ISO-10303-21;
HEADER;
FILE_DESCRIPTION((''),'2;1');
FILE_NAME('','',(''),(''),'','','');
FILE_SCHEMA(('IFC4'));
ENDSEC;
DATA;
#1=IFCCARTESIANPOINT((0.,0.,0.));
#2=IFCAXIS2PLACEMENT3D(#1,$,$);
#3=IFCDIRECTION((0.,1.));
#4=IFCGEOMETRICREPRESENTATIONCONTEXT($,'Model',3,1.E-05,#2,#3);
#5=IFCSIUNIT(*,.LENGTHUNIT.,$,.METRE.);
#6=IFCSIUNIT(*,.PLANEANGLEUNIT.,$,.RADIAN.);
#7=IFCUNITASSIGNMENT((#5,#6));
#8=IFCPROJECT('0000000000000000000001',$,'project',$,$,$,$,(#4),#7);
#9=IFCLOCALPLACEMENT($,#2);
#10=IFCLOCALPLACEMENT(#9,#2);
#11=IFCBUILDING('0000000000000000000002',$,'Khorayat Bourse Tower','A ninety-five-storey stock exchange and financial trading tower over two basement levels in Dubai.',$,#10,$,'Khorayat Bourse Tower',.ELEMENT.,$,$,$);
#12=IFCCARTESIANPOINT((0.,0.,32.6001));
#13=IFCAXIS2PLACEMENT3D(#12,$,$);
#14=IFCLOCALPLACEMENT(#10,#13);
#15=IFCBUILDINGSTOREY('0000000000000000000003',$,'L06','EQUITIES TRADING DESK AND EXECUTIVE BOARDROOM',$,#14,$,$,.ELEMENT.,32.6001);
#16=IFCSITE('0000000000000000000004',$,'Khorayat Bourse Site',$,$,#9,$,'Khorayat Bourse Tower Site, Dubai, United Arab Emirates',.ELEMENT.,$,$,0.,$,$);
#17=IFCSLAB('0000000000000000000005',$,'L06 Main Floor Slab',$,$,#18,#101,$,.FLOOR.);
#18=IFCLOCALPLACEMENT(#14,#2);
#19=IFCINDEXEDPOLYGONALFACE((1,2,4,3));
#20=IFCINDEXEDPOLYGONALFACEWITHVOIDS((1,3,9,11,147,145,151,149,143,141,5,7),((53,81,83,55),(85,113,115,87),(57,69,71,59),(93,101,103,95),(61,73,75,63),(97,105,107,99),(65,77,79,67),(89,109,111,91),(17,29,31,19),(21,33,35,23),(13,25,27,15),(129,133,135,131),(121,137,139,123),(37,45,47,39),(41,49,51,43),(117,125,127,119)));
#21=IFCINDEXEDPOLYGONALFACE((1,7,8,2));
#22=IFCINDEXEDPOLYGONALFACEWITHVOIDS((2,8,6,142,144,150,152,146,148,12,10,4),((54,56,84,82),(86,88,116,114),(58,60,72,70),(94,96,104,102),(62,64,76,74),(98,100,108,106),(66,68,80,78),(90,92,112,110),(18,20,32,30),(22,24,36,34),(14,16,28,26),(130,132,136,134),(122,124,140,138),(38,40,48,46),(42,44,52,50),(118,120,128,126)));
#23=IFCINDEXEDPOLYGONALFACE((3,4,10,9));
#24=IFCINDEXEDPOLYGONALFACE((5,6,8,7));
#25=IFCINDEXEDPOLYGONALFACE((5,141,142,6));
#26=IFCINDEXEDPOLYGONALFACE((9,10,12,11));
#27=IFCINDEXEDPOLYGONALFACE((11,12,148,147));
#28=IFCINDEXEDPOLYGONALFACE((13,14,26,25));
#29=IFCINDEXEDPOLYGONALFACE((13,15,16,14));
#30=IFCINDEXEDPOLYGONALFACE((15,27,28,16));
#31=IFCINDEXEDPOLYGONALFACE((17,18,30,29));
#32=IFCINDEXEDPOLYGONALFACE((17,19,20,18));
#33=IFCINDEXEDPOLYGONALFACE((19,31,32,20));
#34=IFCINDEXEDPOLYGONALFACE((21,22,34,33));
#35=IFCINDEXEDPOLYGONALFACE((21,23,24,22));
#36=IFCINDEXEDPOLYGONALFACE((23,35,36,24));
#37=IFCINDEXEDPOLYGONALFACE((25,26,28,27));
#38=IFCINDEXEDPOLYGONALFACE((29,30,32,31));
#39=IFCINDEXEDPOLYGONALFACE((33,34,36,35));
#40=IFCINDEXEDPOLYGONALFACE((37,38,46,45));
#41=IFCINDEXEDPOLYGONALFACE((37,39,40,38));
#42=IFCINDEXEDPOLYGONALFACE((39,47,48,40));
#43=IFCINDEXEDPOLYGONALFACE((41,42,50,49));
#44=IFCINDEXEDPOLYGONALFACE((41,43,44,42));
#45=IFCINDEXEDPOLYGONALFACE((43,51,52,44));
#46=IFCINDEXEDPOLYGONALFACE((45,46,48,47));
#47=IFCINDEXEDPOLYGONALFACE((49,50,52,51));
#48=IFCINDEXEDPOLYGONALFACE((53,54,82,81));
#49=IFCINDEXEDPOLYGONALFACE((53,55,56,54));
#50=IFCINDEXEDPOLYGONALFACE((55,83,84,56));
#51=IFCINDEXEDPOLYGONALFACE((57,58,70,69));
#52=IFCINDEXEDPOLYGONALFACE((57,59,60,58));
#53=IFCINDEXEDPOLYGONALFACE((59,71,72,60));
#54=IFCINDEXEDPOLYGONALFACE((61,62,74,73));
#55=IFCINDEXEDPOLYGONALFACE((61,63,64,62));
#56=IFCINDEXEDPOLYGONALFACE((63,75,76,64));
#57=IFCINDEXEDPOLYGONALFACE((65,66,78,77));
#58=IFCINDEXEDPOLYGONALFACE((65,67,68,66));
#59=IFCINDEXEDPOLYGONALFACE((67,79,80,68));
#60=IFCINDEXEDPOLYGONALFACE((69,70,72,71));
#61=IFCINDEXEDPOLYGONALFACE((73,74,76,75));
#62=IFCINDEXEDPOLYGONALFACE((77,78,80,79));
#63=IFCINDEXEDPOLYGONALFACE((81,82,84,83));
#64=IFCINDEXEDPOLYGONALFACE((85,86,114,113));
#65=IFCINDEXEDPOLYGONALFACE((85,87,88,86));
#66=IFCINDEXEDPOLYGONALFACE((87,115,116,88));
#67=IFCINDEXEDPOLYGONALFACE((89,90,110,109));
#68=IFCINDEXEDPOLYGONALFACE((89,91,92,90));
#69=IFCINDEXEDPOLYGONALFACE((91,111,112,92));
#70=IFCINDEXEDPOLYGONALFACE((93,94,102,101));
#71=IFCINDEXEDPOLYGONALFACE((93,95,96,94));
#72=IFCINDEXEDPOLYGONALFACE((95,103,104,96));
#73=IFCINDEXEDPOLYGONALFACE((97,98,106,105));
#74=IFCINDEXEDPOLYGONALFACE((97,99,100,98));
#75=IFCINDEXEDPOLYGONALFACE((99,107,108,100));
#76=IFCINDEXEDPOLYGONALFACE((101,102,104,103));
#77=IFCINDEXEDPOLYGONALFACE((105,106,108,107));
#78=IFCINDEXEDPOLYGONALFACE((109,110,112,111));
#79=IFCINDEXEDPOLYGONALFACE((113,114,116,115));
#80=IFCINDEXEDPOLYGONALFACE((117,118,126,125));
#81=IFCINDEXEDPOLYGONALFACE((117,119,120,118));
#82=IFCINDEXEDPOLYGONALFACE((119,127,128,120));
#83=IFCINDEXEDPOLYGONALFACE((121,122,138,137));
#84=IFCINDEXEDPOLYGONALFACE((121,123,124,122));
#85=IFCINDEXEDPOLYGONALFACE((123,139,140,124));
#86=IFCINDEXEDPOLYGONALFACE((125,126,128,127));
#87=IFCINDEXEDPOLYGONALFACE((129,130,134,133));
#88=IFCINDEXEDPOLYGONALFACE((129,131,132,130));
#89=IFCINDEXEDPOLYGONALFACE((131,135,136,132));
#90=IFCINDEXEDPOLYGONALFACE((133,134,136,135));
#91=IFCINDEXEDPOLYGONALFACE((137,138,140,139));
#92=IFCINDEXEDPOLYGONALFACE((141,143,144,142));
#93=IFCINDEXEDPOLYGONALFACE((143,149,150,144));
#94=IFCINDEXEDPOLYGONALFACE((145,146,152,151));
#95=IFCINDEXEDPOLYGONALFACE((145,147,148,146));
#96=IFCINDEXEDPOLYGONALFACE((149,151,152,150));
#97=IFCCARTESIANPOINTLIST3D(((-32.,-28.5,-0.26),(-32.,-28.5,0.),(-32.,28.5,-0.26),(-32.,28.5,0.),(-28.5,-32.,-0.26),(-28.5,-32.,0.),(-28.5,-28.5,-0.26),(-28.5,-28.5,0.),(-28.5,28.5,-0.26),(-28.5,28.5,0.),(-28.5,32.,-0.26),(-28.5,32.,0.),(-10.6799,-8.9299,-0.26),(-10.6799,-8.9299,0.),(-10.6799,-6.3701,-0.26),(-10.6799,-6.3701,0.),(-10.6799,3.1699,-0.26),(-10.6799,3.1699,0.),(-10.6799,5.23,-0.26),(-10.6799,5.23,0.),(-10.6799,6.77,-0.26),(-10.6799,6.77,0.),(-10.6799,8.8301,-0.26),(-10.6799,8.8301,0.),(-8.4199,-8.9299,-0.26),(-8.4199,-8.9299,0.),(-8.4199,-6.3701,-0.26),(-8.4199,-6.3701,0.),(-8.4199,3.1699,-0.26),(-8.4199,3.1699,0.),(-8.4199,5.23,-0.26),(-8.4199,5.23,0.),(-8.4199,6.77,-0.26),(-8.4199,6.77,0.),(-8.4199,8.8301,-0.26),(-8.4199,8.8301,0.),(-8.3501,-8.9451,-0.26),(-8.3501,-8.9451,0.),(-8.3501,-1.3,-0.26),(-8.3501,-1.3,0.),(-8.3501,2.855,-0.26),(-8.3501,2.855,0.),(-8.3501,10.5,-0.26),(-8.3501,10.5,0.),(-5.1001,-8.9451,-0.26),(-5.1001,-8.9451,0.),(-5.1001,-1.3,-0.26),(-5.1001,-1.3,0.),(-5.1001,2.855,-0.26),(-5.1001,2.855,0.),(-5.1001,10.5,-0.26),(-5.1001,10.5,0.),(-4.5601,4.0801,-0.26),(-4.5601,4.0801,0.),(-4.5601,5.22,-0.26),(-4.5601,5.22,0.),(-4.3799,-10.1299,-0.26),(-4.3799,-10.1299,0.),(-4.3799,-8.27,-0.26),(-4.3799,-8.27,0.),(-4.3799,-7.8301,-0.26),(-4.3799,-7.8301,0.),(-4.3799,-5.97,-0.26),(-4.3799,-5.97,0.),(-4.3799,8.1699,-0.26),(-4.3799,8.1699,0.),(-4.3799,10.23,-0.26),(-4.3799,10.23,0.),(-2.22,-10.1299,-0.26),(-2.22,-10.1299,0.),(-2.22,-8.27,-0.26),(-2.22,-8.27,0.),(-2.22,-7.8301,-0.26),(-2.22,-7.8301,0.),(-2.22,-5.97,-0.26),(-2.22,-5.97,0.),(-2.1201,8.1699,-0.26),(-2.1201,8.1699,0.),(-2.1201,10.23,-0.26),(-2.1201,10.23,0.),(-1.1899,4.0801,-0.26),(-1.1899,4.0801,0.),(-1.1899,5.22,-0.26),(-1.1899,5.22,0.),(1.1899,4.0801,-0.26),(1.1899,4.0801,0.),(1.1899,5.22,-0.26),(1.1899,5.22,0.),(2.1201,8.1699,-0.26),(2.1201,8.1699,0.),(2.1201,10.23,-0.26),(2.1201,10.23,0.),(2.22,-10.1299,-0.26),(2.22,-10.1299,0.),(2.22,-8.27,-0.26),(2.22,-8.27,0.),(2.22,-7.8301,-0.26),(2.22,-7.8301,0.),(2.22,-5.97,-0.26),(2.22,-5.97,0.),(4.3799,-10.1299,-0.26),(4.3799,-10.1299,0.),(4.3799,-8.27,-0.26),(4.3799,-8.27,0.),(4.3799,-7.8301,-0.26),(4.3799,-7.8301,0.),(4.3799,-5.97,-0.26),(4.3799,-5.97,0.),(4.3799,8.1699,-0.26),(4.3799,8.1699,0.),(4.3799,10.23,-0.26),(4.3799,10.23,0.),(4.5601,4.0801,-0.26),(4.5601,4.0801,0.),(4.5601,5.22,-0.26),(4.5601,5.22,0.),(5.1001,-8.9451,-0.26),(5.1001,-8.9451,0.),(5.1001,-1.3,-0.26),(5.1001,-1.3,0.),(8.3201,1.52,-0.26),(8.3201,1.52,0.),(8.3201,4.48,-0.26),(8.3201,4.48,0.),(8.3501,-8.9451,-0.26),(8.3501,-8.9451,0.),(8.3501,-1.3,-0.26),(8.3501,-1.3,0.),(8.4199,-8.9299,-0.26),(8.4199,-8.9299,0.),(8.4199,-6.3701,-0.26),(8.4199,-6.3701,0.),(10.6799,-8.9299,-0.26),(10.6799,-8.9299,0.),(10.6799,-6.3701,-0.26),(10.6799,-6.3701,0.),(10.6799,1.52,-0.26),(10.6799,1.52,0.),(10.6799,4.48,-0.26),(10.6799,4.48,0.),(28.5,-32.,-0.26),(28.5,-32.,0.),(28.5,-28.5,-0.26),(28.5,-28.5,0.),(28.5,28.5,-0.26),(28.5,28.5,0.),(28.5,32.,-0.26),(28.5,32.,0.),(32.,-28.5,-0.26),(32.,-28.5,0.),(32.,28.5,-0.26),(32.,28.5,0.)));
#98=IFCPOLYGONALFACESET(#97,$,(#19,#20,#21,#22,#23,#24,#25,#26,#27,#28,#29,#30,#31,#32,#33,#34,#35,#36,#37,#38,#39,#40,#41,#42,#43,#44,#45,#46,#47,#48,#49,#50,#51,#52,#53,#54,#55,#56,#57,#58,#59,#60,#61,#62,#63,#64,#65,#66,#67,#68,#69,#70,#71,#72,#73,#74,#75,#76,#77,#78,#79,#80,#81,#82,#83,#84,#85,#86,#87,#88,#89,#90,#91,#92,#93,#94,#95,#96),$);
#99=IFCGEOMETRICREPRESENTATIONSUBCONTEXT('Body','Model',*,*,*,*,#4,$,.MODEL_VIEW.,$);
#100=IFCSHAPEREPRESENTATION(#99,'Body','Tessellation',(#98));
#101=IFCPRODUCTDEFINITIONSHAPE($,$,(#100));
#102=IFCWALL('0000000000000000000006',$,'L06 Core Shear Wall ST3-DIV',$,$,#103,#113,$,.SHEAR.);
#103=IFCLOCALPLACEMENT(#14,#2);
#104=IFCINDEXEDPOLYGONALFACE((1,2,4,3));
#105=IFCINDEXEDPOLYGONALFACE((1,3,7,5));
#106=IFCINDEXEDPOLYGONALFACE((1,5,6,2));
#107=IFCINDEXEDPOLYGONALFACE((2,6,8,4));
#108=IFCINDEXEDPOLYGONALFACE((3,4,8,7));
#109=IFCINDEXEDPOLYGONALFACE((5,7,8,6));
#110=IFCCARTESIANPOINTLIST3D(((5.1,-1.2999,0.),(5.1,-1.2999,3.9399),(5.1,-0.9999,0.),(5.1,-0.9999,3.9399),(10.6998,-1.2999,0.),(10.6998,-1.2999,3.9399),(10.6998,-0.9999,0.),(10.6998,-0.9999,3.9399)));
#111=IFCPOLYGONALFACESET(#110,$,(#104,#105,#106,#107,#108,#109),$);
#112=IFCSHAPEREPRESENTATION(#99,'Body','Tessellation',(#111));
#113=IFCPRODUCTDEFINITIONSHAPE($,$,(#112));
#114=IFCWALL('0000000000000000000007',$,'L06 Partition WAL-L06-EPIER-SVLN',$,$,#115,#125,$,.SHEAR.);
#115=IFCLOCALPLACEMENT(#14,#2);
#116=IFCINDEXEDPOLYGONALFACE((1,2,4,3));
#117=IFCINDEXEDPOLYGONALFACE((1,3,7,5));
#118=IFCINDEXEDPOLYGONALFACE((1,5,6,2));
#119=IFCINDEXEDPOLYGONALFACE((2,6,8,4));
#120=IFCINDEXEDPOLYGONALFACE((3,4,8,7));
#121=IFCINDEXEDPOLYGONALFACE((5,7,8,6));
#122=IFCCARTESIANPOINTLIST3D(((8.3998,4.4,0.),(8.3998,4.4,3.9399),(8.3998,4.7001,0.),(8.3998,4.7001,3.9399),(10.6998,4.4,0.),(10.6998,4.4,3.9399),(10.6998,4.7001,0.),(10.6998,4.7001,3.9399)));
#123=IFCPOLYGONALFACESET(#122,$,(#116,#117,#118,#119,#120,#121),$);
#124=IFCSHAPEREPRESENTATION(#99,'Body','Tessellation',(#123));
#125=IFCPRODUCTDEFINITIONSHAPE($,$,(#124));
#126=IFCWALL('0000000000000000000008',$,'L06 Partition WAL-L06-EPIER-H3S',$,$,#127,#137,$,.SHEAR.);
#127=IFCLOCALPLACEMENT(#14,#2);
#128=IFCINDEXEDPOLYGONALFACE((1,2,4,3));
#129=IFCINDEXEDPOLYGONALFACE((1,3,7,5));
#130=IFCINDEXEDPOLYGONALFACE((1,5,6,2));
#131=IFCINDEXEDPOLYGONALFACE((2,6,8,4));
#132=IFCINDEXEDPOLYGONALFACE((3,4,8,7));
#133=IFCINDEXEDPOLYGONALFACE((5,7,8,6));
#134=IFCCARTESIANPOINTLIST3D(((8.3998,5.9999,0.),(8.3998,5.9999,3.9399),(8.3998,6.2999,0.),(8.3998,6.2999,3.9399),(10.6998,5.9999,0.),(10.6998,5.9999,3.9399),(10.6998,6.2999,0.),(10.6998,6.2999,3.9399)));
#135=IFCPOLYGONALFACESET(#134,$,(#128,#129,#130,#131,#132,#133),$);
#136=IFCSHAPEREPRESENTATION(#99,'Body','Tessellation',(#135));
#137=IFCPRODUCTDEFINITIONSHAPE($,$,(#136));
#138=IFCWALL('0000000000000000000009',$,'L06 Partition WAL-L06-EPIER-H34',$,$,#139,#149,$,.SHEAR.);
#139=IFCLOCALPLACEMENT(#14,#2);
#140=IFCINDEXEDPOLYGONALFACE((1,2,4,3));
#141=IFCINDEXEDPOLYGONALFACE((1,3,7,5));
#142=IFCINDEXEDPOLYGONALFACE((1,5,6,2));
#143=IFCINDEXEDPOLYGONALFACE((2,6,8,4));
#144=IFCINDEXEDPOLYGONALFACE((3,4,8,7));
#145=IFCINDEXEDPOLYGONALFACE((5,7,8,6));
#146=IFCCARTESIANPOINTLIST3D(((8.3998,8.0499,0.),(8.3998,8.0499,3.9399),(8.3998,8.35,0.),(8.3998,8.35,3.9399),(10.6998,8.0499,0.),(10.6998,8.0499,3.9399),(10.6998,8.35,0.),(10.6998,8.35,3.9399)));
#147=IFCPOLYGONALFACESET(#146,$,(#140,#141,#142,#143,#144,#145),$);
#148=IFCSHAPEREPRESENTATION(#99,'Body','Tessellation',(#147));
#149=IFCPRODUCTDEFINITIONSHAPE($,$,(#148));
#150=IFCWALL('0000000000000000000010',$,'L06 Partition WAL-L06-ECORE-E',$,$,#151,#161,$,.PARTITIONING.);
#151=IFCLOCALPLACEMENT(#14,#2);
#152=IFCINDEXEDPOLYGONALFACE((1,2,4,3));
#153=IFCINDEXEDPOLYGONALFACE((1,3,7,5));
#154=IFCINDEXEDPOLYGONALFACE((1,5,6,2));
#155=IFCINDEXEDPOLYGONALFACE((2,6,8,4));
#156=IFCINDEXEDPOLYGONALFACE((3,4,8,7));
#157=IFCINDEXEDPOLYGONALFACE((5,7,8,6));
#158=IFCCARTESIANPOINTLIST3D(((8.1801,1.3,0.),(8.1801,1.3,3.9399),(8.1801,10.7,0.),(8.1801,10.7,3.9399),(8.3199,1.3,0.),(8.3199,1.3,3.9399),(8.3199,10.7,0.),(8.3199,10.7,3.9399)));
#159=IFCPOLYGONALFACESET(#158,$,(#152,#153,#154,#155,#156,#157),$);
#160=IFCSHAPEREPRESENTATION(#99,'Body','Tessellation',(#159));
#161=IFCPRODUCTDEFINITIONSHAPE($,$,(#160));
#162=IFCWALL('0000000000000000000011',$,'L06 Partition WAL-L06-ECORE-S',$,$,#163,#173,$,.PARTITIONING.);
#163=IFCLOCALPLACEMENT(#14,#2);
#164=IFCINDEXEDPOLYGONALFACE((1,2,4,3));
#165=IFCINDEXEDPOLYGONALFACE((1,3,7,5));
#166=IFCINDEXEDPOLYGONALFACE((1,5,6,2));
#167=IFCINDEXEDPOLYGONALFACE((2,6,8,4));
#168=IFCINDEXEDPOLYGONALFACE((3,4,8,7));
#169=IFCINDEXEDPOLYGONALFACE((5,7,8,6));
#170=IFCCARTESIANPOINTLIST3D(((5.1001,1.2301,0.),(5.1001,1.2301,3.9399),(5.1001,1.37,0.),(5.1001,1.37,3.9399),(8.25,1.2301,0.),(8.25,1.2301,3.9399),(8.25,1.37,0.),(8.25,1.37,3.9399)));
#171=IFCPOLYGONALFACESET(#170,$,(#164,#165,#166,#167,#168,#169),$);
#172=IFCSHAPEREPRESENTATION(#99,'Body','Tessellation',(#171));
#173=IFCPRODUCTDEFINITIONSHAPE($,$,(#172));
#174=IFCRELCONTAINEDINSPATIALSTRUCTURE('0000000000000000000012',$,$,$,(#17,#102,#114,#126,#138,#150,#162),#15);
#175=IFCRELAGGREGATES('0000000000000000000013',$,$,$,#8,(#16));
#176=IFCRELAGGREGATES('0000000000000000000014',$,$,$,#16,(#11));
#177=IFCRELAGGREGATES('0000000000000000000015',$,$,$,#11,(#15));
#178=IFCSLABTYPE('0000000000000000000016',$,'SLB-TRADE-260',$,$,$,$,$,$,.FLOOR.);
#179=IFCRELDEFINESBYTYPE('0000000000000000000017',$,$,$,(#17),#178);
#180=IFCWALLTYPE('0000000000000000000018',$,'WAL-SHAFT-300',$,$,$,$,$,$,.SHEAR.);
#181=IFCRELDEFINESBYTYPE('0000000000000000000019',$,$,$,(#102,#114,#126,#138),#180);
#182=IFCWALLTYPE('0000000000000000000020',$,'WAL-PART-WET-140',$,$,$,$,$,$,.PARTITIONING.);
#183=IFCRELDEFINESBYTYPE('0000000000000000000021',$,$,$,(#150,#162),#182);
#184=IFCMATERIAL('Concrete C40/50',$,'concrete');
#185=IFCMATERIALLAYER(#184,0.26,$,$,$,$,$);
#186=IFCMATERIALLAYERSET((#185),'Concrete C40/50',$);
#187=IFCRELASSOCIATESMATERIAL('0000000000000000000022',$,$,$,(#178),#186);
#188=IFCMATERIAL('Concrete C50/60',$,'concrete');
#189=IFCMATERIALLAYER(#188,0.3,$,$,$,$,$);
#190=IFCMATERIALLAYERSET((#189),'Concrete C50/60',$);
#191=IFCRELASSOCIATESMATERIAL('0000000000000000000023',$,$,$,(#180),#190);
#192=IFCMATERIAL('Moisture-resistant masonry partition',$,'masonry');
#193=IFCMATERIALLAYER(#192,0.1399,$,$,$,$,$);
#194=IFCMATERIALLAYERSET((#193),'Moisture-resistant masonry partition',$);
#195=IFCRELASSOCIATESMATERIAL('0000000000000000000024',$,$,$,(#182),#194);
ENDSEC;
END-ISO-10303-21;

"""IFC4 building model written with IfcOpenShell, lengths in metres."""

from ifc_helpers import new_model, si_unit, direction, frame, frame_2d, origin, place, context, subcontext, project, spatial, polyline, rectangle, outline, extrude, source, transform, mapped, material, layer, layer_set, type_object, element, save


model = new_model("IFC4")

# Units and contexts
model_context = context("Model", 3, precision=1e-05, world=origin(), true_north=direction((0.0, 1.0)))
body_context = subcontext(model_context, "Body", "Model", "MODEL_VIEW")
ifc_project = project(units=[si_unit("LENGTHUNIT", "METRE"), si_unit("PLANEANGLEUNIT", "RADIAN")], contexts=[model_context])

# Site, building, storey
site_placement = place(None, origin())
site = spatial("IfcSite", under=ifc_project, at=site_placement, Name="Khorayat Bourse Site", LongName="Khorayat Bourse Tower Site, Dubai, United Arab Emirates", CompositionType="ELEMENT", RefElevation=0.0)
building_placement = place(site_placement, origin())
building = spatial("IfcBuilding", under=site, at=building_placement, Name="Khorayat Bourse Tower", Description="A ninety-five-storey stock exchange and financial trading tower over two basement levels in Dubai.", LongName="Khorayat Bourse Tower", CompositionType="ELEMENT")
storey_placement = place(building_placement, frame((0.0, 0.0, 32.6001)))
storey = spatial("IfcBuildingStorey", under=building, at=storey_placement, Name="L06", Description="EQUITIES TRADING DESK AND EXECUTIVE BOARDROOM", CompositionType="ELEMENT", Elevation=32.6001)

# Shared definitions
ifc_material_1 = material(Name="Concrete C40/50", Category="concrete")

# Slab
ifc_layer_1 = layer(ifc_material_1, 0.26)
ifc_layer_set_1 = layer_set([ifc_layer_1], Name="Concrete C40/50")
slab_type_1 = type_object("IfcSlabType", Name="SLB-TRADE-260", PredefinedType="FLOOR", material=ifc_layer_set_1)
slab_1_placement = place(storey_placement, frame((0.0, 0.0, -0.26)))
element("IfcSlab", 1, at=slab_1_placement, inside=storey, type_object=slab_type_1, Name="L06 Main Floor Slab", PredefinedType="FLOOR", context=body_context, shape_type="SweptSolid", body=[
    extrude(outline(polyline([(-28.5, -32.0), (28.5, -32.0), (28.5, -28.5), (32.0, -28.5), (32.0, 28.5), (28.5, 28.5), (28.5, 32.0), (-28.5, 32.0), (-28.5, 28.5), (-32.0, 28.5), (-32.0, -28.5), (-28.5, -28.5), (-28.5, -32.0)]), holes=[polyline([(-8.3501, -8.9451), (-5.1001, -8.9451), (-5.1001, -1.3), (-8.3501, -1.3), (-8.3501, -8.9451)]), polyline([(-8.3501, 2.855), (-5.1001, 2.855), (-5.1001, 10.5), (-8.3501, 10.5), (-8.3501, 2.855)]), polyline([(5.1001, -8.9451), (8.3501, -8.9451), (8.3501, -1.3), (5.1001, -1.3), (5.1001, -8.9451)]), polyline([(-4.3799, -10.1299), (-2.22, -10.1299), (-2.22, -8.27), (-4.3799, -8.27), (-4.3799, -10.1299)]), polyline([(2.22, -10.1299), (4.3799, -10.1299), (4.3799, -8.27), (2.22, -8.27), (2.22, -10.1299)]), polyline([(-4.3799, -7.8301), (-2.22, -7.8301), (-2.22, -5.97), (-4.3799, -5.97), (-4.3799, -7.8301)]), polyline([(2.22, -7.8301), (4.3799, -7.8301), (4.3799, -5.97), (2.22, -5.97), (2.22, -7.8301)]), polyline([(-4.3799, 8.1699), (-2.1201, 8.1699), (-2.1201, 10.23), (-4.3799, 10.23), (-4.3799, 8.1699)]), polyline([(2.1201, 8.1699), (4.3799, 8.1699), (4.3799, 10.23), (2.1201, 10.23), (2.1201, 8.1699)]), polyline([(-10.6799, 3.1699), (-8.4199, 3.1699), (-8.4199, 5.23), (-10.6799, 5.23), (-10.6799, 3.1699)]), polyline([(-10.6799, 6.77), (-8.4199, 6.77), (-8.4199, 8.8301), (-10.6799, 8.8301), (-10.6799, 6.77)]), polyline([(-10.6799, -8.9299), (-8.4199, -8.9299), (-8.4199, -6.3701), (-10.6799, -6.3701), (-10.6799, -8.9299)]), polyline([(8.4199, -8.9299), (10.6799, -8.9299), (10.6799, -6.3701), (8.4199, -6.3701), (8.4199, -8.9299)]), polyline([(8.3201, 1.52), (10.6799, 1.52), (10.6799, 4.48), (8.3201, 4.48), (8.3201, 1.52)]), polyline([(-4.5601, 4.0801), (-1.1899, 4.0801), (-1.1899, 5.22), (-4.5601, 5.22), (-4.5601, 4.0801)]), polyline([(1.1899, 4.0801), (4.5601, 4.0801), (4.5601, 5.22), (1.1899, 5.22), (1.1899, 4.0801)])]), origin(), (0.0, 0.0, 1.0), 0.26),
])

# Walls
ifc_material_2 = material(Name="Concrete C50/60", Category="concrete")
ifc_layer_2 = layer(ifc_material_2, 0.3)
ifc_layer_set_2 = layer_set([ifc_layer_2], Name="Concrete C50/60")
wall_type_1 = type_object("IfcWallType", Name="WAL-SHAFT-300", PredefinedType="SHEAR", material=ifc_layer_set_2)
shared_shape_1 = source(origin(), body_context, "Body", "SweptSolid", [
    extrude(rectangle(XDim=5.5999, YDim=0.3, at=frame_2d((2.7998, 0.0))), origin(), (0.0, 0.0, 1.0), 3.9399),
])
wall_1_placement = place(storey_placement, frame((5.1001, -1.1499, 0.0), z_axis=(0.0, 0.0, 1.0), x_axis=(1.0, 0.0, 0.0)))
element("IfcWall", 2, at=wall_1_placement, inside=storey, type_object=wall_type_1, Name="L06 Core Shear Wall ST3-DIV", PredefinedType="SHEAR", context=body_context, shape_type="MappedRepresentation", body=[
    mapped(shared_shape_1, transform((0.0, 0.0, 0.0), scale=1.0)),
])
shared_shape_2 = source(origin(), body_context, "Body", "SweptSolid", [
    extrude(rectangle(XDim=2.3, YDim=0.3, at=frame_2d((1.1499, 0.0))), origin(), (0.0, 0.0, 1.0), 3.9399),
])
for number, where, z_axis, x_axis, name in (
    (3, (8.3999, 4.55, 0.0), (0.0, 0.0, 1.0), (1.0, 0.0, 0.0), "L06 Partition WAL-L06-EPIER-SVLN"),
    (4, (8.3999, 6.1499, 0.0), (0.0, 0.0, 1.0), (1.0, 0.0, 0.0), "L06 Partition WAL-L06-EPIER-H3S"),
    (5, (8.3999, 8.2, 0.0), (0.0, 0.0, 1.0), (1.0, 0.0, 0.0), "L06 Partition WAL-L06-EPIER-H34"),
):
    element("IfcWall", number, at=place(storey_placement, frame(where, z_axis=z_axis, x_axis=x_axis)), inside=storey, type_object=wall_type_1, Name=name, PredefinedType="SHEAR", context=body_context, shape_type="MappedRepresentation", body=[
        mapped(shared_shape_2, transform((0.0, 0.0, 0.0), scale=1.0)),
    ])
ifc_material_3 = material(Name="Moisture-resistant masonry partition", Category="masonry")
ifc_layer_3 = layer(ifc_material_3, 0.1399)
ifc_layer_set_3 = layer_set([ifc_layer_3], Name="Moisture-resistant masonry partition")
wall_type_2 = type_object("IfcWallType", Name="WAL-PART-WET-140", PredefinedType="PARTITIONING", material=ifc_layer_set_3)
shared_shape_3 = source(origin(), body_context, "Body", "SweptSolid", [
    extrude(rectangle(XDim=9.3999, YDim=0.1399, at=frame_2d((4.7, 0.0))), origin(), (0.0, 0.0, 1.0), 3.9399),
])
wall_2_placement = place(storey_placement, frame((8.25, 1.3, 0.0), z_axis=(0.0, 0.0, 1.0), x_axis=(0.0, 1.0, 0.0)))
element("IfcWall", 6, at=wall_2_placement, inside=storey, type_object=wall_type_2, Name="L06 Partition WAL-L06-ECORE-E", PredefinedType="PARTITIONING", context=body_context, shape_type="MappedRepresentation", body=[
    mapped(shared_shape_3, transform((0.0, 0.0, 0.0), scale=1.0)),
])
shared_shape_4 = source(origin(), body_context, "Body", "SweptSolid", [
    extrude(rectangle(XDim=3.1499, YDim=0.1399, at=frame_2d((1.575, 0.0))), origin(), (0.0, 0.0, 1.0), 3.9399),
])
wall_3_placement = place(storey_placement, frame((5.1001, 1.3, 0.0), z_axis=(0.0, 0.0, 1.0), x_axis=(1.0, 0.0, 0.0)))
element("IfcWall", 7, at=wall_3_placement, inside=storey, type_object=wall_type_2, Name="L06 Partition WAL-L06-ECORE-S", PredefinedType="PARTITIONING", context=body_context, shape_type="MappedRepresentation", body=[
    mapped(shared_shape_4, transform((0.0, 0.0, 0.0), scale=1.0)),
])

save(model, "model.ifc")
